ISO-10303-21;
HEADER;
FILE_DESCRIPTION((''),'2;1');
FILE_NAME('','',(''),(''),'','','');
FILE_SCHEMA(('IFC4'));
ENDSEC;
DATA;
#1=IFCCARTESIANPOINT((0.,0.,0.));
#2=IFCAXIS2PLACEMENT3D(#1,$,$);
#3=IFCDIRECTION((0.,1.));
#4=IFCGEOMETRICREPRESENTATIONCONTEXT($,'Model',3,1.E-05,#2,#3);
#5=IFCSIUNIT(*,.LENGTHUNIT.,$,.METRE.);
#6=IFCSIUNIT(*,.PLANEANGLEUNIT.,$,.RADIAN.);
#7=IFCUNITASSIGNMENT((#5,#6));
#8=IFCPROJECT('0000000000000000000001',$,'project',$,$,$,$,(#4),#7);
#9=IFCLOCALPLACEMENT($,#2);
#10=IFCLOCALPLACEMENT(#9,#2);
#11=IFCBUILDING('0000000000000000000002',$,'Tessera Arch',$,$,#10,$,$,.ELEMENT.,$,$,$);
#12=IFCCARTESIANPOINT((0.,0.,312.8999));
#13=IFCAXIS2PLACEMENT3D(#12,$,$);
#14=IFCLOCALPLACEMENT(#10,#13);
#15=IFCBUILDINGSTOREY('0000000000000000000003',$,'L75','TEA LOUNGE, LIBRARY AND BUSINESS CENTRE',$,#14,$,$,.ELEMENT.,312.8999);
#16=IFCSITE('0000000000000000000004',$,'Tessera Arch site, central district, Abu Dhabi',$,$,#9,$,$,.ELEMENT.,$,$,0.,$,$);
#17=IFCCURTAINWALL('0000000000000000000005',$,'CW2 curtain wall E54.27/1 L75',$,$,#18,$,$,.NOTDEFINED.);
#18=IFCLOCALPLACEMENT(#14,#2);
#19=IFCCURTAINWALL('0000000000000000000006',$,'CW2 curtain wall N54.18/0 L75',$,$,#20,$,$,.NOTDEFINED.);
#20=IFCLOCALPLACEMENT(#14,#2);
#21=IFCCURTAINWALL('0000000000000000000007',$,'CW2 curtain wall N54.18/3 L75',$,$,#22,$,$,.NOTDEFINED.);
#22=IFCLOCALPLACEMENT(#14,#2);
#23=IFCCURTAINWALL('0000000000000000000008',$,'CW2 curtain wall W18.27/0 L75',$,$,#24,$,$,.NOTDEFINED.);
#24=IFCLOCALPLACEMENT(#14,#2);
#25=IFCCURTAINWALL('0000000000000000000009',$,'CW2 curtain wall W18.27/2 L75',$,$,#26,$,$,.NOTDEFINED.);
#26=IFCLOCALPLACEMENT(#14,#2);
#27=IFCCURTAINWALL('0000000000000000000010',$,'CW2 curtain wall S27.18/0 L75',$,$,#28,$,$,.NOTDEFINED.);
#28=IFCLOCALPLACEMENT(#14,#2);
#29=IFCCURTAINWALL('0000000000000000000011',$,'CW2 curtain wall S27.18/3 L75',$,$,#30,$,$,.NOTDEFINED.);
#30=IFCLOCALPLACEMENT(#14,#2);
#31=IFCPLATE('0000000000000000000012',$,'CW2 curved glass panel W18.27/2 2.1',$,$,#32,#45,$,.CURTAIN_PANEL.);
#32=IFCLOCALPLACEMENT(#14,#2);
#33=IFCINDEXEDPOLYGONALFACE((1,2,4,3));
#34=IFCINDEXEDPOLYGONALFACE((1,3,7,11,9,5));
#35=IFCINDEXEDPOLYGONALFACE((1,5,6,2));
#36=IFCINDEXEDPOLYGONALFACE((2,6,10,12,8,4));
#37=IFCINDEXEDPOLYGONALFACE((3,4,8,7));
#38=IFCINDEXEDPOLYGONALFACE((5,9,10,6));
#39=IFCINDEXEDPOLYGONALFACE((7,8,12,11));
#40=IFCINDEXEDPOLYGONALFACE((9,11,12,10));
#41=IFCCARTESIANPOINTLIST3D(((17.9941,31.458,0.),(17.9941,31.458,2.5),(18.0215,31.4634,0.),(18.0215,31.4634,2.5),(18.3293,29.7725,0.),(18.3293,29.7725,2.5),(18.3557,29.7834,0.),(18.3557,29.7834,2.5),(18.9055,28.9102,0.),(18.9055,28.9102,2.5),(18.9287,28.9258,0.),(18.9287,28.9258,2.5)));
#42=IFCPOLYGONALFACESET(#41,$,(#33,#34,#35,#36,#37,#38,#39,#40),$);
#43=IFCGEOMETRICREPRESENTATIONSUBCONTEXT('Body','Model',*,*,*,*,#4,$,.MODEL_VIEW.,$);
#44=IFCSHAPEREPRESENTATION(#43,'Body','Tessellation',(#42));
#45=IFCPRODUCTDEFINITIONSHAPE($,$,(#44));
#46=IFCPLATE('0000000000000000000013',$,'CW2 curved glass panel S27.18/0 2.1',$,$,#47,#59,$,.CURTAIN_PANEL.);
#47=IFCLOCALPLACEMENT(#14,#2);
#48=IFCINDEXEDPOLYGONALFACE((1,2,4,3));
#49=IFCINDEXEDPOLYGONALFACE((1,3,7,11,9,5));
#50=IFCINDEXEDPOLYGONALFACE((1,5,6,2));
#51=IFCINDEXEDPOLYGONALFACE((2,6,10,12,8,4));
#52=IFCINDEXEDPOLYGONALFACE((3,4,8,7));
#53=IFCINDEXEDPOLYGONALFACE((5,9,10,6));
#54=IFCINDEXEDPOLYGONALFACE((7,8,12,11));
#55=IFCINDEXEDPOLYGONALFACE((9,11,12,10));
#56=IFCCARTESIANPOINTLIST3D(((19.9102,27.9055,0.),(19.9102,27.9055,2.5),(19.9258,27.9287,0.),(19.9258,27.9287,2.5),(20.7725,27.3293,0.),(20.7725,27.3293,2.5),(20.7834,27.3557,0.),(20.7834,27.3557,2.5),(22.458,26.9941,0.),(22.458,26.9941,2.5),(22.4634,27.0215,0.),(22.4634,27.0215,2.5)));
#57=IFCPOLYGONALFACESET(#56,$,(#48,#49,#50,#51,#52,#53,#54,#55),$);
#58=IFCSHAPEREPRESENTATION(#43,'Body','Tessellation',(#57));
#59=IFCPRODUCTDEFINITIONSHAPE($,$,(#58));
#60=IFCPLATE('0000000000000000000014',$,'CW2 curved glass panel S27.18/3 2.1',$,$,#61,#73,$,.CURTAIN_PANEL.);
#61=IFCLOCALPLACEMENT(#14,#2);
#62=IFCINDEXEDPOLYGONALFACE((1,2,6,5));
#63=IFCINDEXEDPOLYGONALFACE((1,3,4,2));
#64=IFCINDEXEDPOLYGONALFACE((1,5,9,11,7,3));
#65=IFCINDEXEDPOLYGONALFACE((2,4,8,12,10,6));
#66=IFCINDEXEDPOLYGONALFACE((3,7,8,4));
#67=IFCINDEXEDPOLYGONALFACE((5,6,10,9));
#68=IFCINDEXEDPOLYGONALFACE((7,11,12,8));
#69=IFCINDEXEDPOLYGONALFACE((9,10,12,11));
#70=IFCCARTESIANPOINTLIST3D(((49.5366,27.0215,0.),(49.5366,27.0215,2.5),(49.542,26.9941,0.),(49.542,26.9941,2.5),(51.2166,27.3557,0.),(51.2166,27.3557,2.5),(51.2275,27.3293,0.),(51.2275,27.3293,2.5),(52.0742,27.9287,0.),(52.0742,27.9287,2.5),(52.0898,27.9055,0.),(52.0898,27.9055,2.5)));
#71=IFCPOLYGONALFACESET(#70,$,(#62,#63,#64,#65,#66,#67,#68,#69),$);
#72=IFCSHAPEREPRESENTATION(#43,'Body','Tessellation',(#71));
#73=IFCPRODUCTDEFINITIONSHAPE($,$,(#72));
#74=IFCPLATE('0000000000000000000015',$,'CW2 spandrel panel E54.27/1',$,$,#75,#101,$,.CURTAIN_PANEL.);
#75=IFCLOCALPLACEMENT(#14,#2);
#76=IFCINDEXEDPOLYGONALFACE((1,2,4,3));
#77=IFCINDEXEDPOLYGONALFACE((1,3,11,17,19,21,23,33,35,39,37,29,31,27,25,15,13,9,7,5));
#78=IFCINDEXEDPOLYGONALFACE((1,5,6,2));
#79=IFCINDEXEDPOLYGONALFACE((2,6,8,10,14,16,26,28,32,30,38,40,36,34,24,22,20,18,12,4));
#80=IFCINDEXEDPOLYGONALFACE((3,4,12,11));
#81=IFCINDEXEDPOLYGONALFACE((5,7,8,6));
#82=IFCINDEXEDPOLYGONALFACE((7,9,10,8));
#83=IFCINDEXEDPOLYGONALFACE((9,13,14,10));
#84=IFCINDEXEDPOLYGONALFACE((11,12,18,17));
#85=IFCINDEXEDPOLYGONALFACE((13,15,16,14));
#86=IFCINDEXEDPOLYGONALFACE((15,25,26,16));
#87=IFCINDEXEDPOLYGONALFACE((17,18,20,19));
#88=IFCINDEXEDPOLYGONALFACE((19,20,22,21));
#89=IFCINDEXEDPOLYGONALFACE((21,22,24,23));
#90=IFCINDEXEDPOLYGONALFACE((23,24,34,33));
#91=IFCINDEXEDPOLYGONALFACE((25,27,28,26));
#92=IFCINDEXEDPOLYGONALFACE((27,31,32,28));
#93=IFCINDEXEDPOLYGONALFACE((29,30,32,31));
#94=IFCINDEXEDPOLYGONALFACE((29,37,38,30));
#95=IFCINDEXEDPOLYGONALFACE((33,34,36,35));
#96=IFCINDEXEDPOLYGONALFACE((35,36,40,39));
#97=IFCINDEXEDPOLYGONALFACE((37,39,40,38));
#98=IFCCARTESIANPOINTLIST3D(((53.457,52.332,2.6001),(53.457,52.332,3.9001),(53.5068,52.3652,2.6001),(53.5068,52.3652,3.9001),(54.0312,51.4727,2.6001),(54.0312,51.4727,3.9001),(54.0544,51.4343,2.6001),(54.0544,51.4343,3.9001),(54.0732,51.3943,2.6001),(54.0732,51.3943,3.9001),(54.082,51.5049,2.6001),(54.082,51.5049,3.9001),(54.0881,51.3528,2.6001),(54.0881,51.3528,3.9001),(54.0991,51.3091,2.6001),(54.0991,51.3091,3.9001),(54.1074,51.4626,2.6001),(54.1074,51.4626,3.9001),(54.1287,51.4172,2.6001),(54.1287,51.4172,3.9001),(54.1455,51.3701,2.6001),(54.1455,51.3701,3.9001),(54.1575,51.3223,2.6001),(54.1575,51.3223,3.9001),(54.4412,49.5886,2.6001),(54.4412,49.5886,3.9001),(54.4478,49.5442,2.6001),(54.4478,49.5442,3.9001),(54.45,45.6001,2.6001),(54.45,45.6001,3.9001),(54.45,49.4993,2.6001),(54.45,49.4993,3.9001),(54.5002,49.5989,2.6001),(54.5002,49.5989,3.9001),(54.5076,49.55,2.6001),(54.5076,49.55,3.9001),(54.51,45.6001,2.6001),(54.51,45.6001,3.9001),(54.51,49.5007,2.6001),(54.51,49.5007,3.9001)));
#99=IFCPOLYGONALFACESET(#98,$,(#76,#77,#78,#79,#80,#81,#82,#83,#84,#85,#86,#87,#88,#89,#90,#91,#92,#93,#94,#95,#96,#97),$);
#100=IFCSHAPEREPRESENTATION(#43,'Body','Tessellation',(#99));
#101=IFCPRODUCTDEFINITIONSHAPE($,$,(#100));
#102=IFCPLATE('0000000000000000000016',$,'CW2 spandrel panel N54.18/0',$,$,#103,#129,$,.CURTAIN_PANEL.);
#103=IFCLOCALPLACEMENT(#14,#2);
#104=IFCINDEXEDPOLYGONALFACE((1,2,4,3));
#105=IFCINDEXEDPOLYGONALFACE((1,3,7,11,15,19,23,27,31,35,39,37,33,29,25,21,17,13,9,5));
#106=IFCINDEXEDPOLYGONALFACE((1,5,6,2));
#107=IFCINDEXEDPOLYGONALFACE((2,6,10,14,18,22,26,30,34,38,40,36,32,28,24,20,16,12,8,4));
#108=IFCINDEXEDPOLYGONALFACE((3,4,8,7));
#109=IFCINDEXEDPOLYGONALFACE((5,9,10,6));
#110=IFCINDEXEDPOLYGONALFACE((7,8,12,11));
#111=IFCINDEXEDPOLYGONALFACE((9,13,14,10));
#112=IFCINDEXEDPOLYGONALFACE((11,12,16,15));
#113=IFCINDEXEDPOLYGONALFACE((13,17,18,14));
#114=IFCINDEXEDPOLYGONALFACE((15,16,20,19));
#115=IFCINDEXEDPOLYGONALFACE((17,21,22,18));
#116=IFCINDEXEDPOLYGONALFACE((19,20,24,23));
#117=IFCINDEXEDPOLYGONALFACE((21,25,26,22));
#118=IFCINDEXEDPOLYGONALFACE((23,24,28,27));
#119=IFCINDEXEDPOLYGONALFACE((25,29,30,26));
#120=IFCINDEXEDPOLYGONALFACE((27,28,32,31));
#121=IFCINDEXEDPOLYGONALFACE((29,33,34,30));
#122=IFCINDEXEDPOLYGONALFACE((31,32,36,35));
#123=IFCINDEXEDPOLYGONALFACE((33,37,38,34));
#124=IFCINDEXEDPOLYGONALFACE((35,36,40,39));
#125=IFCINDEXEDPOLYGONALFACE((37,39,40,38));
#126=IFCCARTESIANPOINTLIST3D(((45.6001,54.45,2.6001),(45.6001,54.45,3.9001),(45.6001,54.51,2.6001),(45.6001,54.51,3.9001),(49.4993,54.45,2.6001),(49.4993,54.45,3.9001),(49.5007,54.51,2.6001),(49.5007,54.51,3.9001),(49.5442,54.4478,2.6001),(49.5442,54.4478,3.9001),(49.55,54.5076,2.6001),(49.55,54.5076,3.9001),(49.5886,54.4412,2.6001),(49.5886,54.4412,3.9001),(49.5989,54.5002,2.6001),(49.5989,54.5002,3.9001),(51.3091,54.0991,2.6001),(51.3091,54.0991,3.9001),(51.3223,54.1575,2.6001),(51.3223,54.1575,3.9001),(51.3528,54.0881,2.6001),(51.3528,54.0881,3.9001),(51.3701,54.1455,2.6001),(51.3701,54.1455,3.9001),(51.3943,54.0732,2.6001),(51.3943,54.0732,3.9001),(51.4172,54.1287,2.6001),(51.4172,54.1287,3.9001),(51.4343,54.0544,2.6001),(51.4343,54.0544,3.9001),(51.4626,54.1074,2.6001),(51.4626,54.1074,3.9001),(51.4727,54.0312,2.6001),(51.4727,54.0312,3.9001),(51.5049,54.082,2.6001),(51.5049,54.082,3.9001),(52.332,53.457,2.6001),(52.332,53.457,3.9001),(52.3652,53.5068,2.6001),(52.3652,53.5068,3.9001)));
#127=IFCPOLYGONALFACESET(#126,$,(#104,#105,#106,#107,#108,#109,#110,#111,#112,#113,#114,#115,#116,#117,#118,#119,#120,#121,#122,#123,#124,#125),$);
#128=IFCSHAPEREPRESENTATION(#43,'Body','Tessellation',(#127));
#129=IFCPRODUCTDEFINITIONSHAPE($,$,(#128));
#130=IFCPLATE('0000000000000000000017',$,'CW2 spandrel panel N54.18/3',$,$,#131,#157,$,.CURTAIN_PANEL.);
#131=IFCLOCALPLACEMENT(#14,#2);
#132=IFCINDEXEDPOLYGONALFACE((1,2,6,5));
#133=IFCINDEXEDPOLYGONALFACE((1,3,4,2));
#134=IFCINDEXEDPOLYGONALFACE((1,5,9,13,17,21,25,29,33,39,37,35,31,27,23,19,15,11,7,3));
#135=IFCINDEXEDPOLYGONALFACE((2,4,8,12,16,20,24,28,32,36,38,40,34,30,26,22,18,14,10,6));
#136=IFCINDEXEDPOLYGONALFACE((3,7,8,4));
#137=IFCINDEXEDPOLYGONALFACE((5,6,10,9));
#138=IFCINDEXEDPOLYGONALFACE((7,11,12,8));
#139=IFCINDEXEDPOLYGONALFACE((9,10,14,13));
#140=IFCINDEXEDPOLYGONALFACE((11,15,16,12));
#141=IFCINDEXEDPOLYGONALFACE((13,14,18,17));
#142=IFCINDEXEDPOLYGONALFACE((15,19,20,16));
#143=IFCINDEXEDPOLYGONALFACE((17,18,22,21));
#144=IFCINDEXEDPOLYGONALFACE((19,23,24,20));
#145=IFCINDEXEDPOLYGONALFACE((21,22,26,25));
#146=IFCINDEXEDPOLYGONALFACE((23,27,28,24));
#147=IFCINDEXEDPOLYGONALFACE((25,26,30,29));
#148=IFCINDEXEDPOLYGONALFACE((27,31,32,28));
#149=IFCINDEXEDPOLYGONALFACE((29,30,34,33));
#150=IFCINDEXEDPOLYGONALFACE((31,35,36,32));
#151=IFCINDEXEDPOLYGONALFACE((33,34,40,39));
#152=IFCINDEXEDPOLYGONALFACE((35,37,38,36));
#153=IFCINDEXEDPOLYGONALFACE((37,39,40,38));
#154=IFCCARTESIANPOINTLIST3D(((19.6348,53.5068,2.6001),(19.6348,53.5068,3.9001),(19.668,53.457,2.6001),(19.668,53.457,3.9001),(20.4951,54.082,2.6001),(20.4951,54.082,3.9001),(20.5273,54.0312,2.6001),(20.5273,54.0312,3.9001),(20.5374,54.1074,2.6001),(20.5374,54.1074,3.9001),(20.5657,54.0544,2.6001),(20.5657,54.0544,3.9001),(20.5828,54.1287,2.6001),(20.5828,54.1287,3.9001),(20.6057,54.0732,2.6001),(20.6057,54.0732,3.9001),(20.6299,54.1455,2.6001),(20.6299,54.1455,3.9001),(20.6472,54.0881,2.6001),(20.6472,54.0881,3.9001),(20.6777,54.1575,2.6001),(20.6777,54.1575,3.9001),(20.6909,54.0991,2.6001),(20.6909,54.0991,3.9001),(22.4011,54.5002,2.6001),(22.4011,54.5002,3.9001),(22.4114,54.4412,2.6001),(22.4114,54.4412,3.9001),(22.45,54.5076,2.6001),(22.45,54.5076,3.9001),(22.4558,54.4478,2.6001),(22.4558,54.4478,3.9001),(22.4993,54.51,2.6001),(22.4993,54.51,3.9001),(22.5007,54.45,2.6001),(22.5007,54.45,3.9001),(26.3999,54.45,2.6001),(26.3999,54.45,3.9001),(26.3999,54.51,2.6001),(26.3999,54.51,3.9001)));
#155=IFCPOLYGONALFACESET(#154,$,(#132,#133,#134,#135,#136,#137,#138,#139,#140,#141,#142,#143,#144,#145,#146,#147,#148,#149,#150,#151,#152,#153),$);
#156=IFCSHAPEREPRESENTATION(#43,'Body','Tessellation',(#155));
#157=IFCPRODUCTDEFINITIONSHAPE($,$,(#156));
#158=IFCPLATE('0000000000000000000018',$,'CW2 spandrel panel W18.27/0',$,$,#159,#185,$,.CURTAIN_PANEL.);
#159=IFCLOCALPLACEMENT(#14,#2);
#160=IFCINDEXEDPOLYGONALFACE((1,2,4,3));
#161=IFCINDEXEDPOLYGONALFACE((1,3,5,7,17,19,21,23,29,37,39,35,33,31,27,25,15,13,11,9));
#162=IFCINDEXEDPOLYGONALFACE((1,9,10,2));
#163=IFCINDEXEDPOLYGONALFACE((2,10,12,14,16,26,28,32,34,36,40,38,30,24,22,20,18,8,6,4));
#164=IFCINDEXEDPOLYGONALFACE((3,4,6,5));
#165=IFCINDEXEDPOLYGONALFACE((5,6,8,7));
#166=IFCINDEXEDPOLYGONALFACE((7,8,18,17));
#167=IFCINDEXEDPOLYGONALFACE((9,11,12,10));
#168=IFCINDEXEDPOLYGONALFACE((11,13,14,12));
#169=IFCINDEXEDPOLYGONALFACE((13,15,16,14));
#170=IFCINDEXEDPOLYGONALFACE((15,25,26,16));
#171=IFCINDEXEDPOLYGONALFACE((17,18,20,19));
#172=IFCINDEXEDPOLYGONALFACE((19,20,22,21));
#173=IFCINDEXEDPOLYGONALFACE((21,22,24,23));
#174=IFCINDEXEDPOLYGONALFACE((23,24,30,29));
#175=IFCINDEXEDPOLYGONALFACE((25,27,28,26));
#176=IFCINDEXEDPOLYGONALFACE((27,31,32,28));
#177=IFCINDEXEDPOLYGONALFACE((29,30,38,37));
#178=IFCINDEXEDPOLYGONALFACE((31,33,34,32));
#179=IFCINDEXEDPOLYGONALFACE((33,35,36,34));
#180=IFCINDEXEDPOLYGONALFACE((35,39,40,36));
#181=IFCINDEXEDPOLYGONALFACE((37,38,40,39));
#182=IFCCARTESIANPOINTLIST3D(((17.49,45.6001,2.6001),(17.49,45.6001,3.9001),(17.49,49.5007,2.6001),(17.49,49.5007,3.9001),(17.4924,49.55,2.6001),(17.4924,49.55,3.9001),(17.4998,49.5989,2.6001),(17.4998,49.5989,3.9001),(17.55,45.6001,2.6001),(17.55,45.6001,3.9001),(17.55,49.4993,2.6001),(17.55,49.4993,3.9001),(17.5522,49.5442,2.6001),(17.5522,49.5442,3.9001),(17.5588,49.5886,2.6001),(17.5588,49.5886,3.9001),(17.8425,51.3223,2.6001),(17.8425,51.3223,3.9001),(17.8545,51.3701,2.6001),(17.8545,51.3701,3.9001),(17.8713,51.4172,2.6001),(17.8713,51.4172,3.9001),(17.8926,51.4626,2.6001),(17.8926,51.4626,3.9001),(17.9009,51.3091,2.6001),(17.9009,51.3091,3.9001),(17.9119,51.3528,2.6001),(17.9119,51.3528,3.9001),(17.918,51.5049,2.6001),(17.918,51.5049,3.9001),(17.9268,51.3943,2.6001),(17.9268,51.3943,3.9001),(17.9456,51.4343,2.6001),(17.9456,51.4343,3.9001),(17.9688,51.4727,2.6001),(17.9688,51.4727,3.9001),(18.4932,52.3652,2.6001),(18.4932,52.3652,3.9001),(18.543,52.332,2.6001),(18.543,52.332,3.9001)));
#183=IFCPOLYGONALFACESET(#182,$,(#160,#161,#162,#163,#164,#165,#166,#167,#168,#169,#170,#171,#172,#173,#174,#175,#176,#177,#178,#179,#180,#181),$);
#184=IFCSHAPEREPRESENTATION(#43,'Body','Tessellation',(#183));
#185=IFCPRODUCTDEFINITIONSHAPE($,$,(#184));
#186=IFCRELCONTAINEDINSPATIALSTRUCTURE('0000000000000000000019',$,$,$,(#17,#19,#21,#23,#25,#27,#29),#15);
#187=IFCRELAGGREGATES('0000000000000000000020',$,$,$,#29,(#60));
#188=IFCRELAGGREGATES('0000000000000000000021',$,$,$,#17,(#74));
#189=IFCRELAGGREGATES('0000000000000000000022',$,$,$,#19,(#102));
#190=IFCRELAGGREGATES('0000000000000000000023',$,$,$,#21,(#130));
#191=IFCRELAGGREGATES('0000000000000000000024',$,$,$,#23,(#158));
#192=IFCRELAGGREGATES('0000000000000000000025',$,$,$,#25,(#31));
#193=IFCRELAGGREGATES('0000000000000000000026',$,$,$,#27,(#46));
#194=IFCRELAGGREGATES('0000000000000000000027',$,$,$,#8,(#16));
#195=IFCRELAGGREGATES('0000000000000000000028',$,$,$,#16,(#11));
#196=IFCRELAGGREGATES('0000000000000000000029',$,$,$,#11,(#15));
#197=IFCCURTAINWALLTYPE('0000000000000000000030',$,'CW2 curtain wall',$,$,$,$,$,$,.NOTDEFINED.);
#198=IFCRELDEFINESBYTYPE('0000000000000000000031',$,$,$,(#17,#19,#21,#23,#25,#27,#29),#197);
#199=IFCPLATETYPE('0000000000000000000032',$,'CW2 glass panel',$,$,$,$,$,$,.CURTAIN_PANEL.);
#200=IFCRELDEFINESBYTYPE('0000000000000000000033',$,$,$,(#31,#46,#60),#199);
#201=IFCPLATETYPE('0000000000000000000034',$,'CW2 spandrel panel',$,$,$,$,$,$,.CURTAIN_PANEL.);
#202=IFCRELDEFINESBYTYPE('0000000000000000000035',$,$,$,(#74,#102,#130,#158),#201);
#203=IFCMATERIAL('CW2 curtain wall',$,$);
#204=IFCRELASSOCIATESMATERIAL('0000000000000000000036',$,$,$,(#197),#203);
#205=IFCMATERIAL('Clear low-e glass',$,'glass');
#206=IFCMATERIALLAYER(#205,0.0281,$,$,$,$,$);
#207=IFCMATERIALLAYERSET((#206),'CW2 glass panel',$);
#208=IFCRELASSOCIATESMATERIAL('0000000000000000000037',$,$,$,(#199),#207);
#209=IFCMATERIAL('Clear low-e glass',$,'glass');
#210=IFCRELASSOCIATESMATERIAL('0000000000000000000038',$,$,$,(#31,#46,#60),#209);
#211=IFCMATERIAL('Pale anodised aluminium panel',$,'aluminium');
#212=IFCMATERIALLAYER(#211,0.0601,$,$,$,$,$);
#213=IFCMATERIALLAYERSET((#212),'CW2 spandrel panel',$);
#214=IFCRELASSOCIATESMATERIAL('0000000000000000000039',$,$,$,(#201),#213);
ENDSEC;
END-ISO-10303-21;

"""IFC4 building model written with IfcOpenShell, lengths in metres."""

from ifc_helpers import new_model, si_unit, direction, frame, origin, place, context, subcontext, project, spatial, polyline, outline, extrude, material, layer, layer_set, type_object, element, aggregate, save


model = new_model("IFC4")

# Units and contexts
model_context = context("Model", 3, precision=1e-05, world=origin(), true_north=direction((0.0, 1.0)))
body_context = subcontext(model_context, "Body", "Model", "MODEL_VIEW")
ifc_project = project(units=[si_unit("LENGTHUNIT", "METRE"), si_unit("PLANEANGLEUNIT", "RADIAN")], contexts=[model_context])

# Site, building, storey
site_placement = place(None, origin())
site = spatial("IfcSite", under=ifc_project, at=site_placement, Name="Tessera Arch site, central district, Abu Dhabi", CompositionType="ELEMENT", RefElevation=0.0)
building_placement = place(site_placement, origin())
building = spatial("IfcBuilding", under=site, at=building_placement, Name="Tessera Arch", CompositionType="ELEMENT")
storey_placement = place(building_placement, frame((0.0, 0.0, 312.8999)))
storey = spatial("IfcBuildingStorey", under=building, at=storey_placement, Name="L75", Description="TEA LOUNGE, LIBRARY AND BUSINESS CENTRE", CompositionType="ELEMENT", Elevation=312.8999)

# Curtain walls
ifc_material_1 = material(Name="CW2 curtain wall")
curtain_wall_type = type_object("IfcCurtainWallType", Name="CW2 curtain wall", PredefinedType="NOTDEFINED", material=ifc_material_1)
curtain_wall_1_placement = place(storey_placement, origin())
curtain_wall_1 = element("IfcCurtainWall", 1, at=curtain_wall_1_placement, inside=storey, type_object=curtain_wall_type, Name="CW2 curtain wall E54.27/1 L75", PredefinedType="NOTDEFINED")
curtain_wall_2_placement = place(storey_placement, origin())
curtain_wall_2 = element("IfcCurtainWall", 2, at=curtain_wall_2_placement, inside=storey, type_object=curtain_wall_type, Name="CW2 curtain wall N54.18/0 L75", PredefinedType="NOTDEFINED")
curtain_wall_3_placement = place(storey_placement, origin())
curtain_wall_3 = element("IfcCurtainWall", 3, at=curtain_wall_3_placement, inside=storey, type_object=curtain_wall_type, Name="CW2 curtain wall N54.18/3 L75", PredefinedType="NOTDEFINED")
curtain_wall_4_placement = place(storey_placement, origin())
curtain_wall_4 = element("IfcCurtainWall", 4, at=curtain_wall_4_placement, inside=storey, type_object=curtain_wall_type, Name="CW2 curtain wall W18.27/0 L75", PredefinedType="NOTDEFINED")
curtain_wall_5_placement = place(storey_placement, origin())
curtain_wall_5 = element("IfcCurtainWall", 5, at=curtain_wall_5_placement, inside=storey, type_object=curtain_wall_type, Name="CW2 curtain wall W18.27/2 L75", PredefinedType="NOTDEFINED")
curtain_wall_6_placement = place(storey_placement, origin())
curtain_wall_6 = element("IfcCurtainWall", 6, at=curtain_wall_6_placement, inside=storey, type_object=curtain_wall_type, Name="CW2 curtain wall S27.18/0 L75", PredefinedType="NOTDEFINED")
curtain_wall_7_placement = place(storey_placement, origin())
curtain_wall_7 = element("IfcCurtainWall", 7, at=curtain_wall_7_placement, inside=storey, type_object=curtain_wall_type, Name="CW2 curtain wall S27.18/3 L75", PredefinedType="NOTDEFINED")

# Plates
ifc_material_2 = material(Name="Clear low-e glass", Category="glass")
ifc_material_3 = material(Name="Clear low-e glass", Category="glass")
ifc_layer_1 = layer(ifc_material_3, 0.0281)
ifc_layer_set_1 = layer_set([ifc_layer_1], Name="CW2 glass panel")
plate_type_1 = type_object("IfcPlateType", Name="CW2 glass panel", PredefinedType="CURTAIN_PANEL", material=ifc_layer_set_1)
plate_1_placement = place(storey_placement, origin())
plate_1 = element("IfcPlate", 8, at=plate_1_placement, type_object=plate_type_1, material=ifc_material_2, Name="CW2 curved glass panel W18.27/2 2.1", PredefinedType="CURTAIN_PANEL", context=body_context, shape_type="SweptSolid", body=[
    extrude(outline(polyline([(18.3557, 29.7834), (18.0215, 31.4634), (17.9941, 31.458), (18.3293, 29.7725), (18.9055, 28.9102), (18.9287, 28.9258), (18.3557, 29.7834)])), origin(), (0.0, 0.0, 1.0), 2.5),
])
plate_2_placement = place(storey_placement, origin())
plate_2 = element("IfcPlate", 9, at=plate_2_placement, type_object=plate_type_1, material=ifc_material_2, Name="CW2 curved glass panel S27.18/0 2.1", PredefinedType="CURTAIN_PANEL", context=body_context, shape_type="SweptSolid", body=[
    extrude(outline(polyline([(20.7834, 27.3557), (19.9258, 27.9287), (19.9102, 27.9055), (20.7725, 27.3293), (22.458, 26.9941), (22.4634, 27.0215), (20.7834, 27.3557)])), origin(), (0.0, 0.0, 1.0), 2.5),
])
plate_3_placement = place(storey_placement, origin())
plate_3 = element("IfcPlate", 10, at=plate_3_placement, type_object=plate_type_1, material=ifc_material_2, Name="CW2 curved glass panel S27.18/3 2.1", PredefinedType="CURTAIN_PANEL", context=body_context, shape_type="SweptSolid", body=[
    extrude(outline(polyline([(51.2166, 27.3557), (49.5366, 27.0215), (49.542, 26.9941), (51.2275, 27.3293), (52.0898, 27.9055), (52.0742, 27.9287), (51.2166, 27.3557)])), origin(), (0.0, 0.0, 1.0), 2.5),
])
aggregate(curtain_wall_7, [plate_3])
ifc_material_4 = material(Name="Pale anodised aluminium panel", Category="aluminium")
ifc_layer_2 = layer(ifc_material_4, 0.0601)
ifc_layer_set_2 = layer_set([ifc_layer_2], Name="CW2 spandrel panel")
plate_type_2 = type_object("IfcPlateType", Name="CW2 spandrel panel", PredefinedType="CURTAIN_PANEL", material=ifc_layer_set_2)
plate_4_placement = place(storey_placement, frame((0.0, 0.0, 2.6001)))
plate_4 = element("IfcPlate", 11, at=plate_4_placement, type_object=plate_type_2, Name="CW2 spandrel panel E54.27/1", PredefinedType="CURTAIN_PANEL", context=body_context, shape_type="SweptSolid", body=[
    extrude(outline(polyline([(54.45, 49.4993), (54.45, 45.6001), (54.51, 45.6001), (54.51, 49.5007), (54.5076, 49.55), (54.5002, 49.5989), (54.1575, 51.3223), (54.1455, 51.3701), (54.1287, 51.4172), (54.1074, 51.4626), (54.082, 51.5049), (53.5068, 52.3652), (53.457, 52.332), (54.0312, 51.4727), (54.0544, 51.4343), (54.0732, 51.3943), (54.0881, 51.3528), (54.0991, 51.3091), (54.4412, 49.5886), (54.4478, 49.5442), (54.45, 49.4993)])), origin(), (0.0, 0.0, 1.0), 1.3),
])
aggregate(curtain_wall_1, [plate_4])
plate_5_placement = place(storey_placement, frame((0.0, 0.0, 2.6001)))
plate_5 = element("IfcPlate", 12, at=plate_5_placement, type_object=plate_type_2, Name="CW2 spandrel panel N54.18/0", PredefinedType="CURTAIN_PANEL", context=body_context, shape_type="SweptSolid", body=[
    extrude(outline(polyline([(51.4727, 54.0312), (52.332, 53.457), (52.3652, 53.5068), (51.5049, 54.082), (51.4626, 54.1074), (51.4172, 54.1287), (51.3701, 54.1455), (51.3223, 54.1575), (49.5989, 54.5002), (49.55, 54.5076), (49.5007, 54.51), (45.6001, 54.51), (45.6001, 54.45), (49.4993, 54.45), (49.5442, 54.4478), (49.5886, 54.4412), (51.3091, 54.0991), (51.3528, 54.0881), (51.3943, 54.0732), (51.4343, 54.0544), (51.4727, 54.0312)])), origin(), (0.0, 0.0, 1.0), 1.3),
])
aggregate(curtain_wall_2, [plate_5])
plate_6_placement = place(storey_placement, frame((0.0, 0.0, 2.6001)))
plate_6 = element("IfcPlate", 13, at=plate_6_placement, type_object=plate_type_2, Name="CW2 spandrel panel N54.18/3", PredefinedType="CURTAIN_PANEL", context=body_context, shape_type="SweptSolid", body=[
    extrude(outline(polyline([(22.5007, 54.45), (26.3999, 54.45), (26.3999, 54.51), (22.4993, 54.51), (22.45, 54.5076), (22.4011, 54.5002), (20.6777, 54.1575), (20.6299, 54.1455), (20.5828, 54.1287), (20.5374, 54.1074), (20.4951, 54.082), (19.6348, 53.5068), (19.668, 53.457), (20.5273, 54.0312), (20.5657, 54.0544), (20.6057, 54.0732), (20.6472, 54.0881), (20.6909, 54.0991), (22.4114, 54.4412), (22.4558, 54.4478), (22.5007, 54.45)])), origin(), (0.0, 0.0, 1.0), 1.3),
])
aggregate(curtain_wall_3, [plate_6])
plate_7_placement = place(storey_placement, frame((0.0, 0.0, 2.6001)))
plate_7 = element("IfcPlate", 14, at=plate_7_placement, type_object=plate_type_2, Name="CW2 spandrel panel W18.27/0", PredefinedType="CURTAIN_PANEL", context=body_context, shape_type="SweptSolid", body=[
    extrude(outline(polyline([(17.9688, 51.4727), (18.543, 52.332), (18.4932, 52.3652), (17.918, 51.5049), (17.8926, 51.4626), (17.8713, 51.4172), (17.8545, 51.3701), (17.8425, 51.3223), (17.4998, 49.5989), (17.4924, 49.55), (17.49, 49.5007), (17.49, 45.6001), (17.55, 45.6001), (17.55, 49.4993), (17.5522, 49.5442), (17.5588, 49.5886), (17.9009, 51.3091), (17.9119, 51.3528), (17.9268, 51.3943), (17.9456, 51.4343), (17.9688, 51.4727)])), origin(), (0.0, 0.0, 1.0), 1.3),
])
aggregate(curtain_wall_4, [plate_7])
aggregate(curtain_wall_5, [plate_1])
aggregate(curtain_wall_6, [plate_2])

save(model, "model.ifc")
